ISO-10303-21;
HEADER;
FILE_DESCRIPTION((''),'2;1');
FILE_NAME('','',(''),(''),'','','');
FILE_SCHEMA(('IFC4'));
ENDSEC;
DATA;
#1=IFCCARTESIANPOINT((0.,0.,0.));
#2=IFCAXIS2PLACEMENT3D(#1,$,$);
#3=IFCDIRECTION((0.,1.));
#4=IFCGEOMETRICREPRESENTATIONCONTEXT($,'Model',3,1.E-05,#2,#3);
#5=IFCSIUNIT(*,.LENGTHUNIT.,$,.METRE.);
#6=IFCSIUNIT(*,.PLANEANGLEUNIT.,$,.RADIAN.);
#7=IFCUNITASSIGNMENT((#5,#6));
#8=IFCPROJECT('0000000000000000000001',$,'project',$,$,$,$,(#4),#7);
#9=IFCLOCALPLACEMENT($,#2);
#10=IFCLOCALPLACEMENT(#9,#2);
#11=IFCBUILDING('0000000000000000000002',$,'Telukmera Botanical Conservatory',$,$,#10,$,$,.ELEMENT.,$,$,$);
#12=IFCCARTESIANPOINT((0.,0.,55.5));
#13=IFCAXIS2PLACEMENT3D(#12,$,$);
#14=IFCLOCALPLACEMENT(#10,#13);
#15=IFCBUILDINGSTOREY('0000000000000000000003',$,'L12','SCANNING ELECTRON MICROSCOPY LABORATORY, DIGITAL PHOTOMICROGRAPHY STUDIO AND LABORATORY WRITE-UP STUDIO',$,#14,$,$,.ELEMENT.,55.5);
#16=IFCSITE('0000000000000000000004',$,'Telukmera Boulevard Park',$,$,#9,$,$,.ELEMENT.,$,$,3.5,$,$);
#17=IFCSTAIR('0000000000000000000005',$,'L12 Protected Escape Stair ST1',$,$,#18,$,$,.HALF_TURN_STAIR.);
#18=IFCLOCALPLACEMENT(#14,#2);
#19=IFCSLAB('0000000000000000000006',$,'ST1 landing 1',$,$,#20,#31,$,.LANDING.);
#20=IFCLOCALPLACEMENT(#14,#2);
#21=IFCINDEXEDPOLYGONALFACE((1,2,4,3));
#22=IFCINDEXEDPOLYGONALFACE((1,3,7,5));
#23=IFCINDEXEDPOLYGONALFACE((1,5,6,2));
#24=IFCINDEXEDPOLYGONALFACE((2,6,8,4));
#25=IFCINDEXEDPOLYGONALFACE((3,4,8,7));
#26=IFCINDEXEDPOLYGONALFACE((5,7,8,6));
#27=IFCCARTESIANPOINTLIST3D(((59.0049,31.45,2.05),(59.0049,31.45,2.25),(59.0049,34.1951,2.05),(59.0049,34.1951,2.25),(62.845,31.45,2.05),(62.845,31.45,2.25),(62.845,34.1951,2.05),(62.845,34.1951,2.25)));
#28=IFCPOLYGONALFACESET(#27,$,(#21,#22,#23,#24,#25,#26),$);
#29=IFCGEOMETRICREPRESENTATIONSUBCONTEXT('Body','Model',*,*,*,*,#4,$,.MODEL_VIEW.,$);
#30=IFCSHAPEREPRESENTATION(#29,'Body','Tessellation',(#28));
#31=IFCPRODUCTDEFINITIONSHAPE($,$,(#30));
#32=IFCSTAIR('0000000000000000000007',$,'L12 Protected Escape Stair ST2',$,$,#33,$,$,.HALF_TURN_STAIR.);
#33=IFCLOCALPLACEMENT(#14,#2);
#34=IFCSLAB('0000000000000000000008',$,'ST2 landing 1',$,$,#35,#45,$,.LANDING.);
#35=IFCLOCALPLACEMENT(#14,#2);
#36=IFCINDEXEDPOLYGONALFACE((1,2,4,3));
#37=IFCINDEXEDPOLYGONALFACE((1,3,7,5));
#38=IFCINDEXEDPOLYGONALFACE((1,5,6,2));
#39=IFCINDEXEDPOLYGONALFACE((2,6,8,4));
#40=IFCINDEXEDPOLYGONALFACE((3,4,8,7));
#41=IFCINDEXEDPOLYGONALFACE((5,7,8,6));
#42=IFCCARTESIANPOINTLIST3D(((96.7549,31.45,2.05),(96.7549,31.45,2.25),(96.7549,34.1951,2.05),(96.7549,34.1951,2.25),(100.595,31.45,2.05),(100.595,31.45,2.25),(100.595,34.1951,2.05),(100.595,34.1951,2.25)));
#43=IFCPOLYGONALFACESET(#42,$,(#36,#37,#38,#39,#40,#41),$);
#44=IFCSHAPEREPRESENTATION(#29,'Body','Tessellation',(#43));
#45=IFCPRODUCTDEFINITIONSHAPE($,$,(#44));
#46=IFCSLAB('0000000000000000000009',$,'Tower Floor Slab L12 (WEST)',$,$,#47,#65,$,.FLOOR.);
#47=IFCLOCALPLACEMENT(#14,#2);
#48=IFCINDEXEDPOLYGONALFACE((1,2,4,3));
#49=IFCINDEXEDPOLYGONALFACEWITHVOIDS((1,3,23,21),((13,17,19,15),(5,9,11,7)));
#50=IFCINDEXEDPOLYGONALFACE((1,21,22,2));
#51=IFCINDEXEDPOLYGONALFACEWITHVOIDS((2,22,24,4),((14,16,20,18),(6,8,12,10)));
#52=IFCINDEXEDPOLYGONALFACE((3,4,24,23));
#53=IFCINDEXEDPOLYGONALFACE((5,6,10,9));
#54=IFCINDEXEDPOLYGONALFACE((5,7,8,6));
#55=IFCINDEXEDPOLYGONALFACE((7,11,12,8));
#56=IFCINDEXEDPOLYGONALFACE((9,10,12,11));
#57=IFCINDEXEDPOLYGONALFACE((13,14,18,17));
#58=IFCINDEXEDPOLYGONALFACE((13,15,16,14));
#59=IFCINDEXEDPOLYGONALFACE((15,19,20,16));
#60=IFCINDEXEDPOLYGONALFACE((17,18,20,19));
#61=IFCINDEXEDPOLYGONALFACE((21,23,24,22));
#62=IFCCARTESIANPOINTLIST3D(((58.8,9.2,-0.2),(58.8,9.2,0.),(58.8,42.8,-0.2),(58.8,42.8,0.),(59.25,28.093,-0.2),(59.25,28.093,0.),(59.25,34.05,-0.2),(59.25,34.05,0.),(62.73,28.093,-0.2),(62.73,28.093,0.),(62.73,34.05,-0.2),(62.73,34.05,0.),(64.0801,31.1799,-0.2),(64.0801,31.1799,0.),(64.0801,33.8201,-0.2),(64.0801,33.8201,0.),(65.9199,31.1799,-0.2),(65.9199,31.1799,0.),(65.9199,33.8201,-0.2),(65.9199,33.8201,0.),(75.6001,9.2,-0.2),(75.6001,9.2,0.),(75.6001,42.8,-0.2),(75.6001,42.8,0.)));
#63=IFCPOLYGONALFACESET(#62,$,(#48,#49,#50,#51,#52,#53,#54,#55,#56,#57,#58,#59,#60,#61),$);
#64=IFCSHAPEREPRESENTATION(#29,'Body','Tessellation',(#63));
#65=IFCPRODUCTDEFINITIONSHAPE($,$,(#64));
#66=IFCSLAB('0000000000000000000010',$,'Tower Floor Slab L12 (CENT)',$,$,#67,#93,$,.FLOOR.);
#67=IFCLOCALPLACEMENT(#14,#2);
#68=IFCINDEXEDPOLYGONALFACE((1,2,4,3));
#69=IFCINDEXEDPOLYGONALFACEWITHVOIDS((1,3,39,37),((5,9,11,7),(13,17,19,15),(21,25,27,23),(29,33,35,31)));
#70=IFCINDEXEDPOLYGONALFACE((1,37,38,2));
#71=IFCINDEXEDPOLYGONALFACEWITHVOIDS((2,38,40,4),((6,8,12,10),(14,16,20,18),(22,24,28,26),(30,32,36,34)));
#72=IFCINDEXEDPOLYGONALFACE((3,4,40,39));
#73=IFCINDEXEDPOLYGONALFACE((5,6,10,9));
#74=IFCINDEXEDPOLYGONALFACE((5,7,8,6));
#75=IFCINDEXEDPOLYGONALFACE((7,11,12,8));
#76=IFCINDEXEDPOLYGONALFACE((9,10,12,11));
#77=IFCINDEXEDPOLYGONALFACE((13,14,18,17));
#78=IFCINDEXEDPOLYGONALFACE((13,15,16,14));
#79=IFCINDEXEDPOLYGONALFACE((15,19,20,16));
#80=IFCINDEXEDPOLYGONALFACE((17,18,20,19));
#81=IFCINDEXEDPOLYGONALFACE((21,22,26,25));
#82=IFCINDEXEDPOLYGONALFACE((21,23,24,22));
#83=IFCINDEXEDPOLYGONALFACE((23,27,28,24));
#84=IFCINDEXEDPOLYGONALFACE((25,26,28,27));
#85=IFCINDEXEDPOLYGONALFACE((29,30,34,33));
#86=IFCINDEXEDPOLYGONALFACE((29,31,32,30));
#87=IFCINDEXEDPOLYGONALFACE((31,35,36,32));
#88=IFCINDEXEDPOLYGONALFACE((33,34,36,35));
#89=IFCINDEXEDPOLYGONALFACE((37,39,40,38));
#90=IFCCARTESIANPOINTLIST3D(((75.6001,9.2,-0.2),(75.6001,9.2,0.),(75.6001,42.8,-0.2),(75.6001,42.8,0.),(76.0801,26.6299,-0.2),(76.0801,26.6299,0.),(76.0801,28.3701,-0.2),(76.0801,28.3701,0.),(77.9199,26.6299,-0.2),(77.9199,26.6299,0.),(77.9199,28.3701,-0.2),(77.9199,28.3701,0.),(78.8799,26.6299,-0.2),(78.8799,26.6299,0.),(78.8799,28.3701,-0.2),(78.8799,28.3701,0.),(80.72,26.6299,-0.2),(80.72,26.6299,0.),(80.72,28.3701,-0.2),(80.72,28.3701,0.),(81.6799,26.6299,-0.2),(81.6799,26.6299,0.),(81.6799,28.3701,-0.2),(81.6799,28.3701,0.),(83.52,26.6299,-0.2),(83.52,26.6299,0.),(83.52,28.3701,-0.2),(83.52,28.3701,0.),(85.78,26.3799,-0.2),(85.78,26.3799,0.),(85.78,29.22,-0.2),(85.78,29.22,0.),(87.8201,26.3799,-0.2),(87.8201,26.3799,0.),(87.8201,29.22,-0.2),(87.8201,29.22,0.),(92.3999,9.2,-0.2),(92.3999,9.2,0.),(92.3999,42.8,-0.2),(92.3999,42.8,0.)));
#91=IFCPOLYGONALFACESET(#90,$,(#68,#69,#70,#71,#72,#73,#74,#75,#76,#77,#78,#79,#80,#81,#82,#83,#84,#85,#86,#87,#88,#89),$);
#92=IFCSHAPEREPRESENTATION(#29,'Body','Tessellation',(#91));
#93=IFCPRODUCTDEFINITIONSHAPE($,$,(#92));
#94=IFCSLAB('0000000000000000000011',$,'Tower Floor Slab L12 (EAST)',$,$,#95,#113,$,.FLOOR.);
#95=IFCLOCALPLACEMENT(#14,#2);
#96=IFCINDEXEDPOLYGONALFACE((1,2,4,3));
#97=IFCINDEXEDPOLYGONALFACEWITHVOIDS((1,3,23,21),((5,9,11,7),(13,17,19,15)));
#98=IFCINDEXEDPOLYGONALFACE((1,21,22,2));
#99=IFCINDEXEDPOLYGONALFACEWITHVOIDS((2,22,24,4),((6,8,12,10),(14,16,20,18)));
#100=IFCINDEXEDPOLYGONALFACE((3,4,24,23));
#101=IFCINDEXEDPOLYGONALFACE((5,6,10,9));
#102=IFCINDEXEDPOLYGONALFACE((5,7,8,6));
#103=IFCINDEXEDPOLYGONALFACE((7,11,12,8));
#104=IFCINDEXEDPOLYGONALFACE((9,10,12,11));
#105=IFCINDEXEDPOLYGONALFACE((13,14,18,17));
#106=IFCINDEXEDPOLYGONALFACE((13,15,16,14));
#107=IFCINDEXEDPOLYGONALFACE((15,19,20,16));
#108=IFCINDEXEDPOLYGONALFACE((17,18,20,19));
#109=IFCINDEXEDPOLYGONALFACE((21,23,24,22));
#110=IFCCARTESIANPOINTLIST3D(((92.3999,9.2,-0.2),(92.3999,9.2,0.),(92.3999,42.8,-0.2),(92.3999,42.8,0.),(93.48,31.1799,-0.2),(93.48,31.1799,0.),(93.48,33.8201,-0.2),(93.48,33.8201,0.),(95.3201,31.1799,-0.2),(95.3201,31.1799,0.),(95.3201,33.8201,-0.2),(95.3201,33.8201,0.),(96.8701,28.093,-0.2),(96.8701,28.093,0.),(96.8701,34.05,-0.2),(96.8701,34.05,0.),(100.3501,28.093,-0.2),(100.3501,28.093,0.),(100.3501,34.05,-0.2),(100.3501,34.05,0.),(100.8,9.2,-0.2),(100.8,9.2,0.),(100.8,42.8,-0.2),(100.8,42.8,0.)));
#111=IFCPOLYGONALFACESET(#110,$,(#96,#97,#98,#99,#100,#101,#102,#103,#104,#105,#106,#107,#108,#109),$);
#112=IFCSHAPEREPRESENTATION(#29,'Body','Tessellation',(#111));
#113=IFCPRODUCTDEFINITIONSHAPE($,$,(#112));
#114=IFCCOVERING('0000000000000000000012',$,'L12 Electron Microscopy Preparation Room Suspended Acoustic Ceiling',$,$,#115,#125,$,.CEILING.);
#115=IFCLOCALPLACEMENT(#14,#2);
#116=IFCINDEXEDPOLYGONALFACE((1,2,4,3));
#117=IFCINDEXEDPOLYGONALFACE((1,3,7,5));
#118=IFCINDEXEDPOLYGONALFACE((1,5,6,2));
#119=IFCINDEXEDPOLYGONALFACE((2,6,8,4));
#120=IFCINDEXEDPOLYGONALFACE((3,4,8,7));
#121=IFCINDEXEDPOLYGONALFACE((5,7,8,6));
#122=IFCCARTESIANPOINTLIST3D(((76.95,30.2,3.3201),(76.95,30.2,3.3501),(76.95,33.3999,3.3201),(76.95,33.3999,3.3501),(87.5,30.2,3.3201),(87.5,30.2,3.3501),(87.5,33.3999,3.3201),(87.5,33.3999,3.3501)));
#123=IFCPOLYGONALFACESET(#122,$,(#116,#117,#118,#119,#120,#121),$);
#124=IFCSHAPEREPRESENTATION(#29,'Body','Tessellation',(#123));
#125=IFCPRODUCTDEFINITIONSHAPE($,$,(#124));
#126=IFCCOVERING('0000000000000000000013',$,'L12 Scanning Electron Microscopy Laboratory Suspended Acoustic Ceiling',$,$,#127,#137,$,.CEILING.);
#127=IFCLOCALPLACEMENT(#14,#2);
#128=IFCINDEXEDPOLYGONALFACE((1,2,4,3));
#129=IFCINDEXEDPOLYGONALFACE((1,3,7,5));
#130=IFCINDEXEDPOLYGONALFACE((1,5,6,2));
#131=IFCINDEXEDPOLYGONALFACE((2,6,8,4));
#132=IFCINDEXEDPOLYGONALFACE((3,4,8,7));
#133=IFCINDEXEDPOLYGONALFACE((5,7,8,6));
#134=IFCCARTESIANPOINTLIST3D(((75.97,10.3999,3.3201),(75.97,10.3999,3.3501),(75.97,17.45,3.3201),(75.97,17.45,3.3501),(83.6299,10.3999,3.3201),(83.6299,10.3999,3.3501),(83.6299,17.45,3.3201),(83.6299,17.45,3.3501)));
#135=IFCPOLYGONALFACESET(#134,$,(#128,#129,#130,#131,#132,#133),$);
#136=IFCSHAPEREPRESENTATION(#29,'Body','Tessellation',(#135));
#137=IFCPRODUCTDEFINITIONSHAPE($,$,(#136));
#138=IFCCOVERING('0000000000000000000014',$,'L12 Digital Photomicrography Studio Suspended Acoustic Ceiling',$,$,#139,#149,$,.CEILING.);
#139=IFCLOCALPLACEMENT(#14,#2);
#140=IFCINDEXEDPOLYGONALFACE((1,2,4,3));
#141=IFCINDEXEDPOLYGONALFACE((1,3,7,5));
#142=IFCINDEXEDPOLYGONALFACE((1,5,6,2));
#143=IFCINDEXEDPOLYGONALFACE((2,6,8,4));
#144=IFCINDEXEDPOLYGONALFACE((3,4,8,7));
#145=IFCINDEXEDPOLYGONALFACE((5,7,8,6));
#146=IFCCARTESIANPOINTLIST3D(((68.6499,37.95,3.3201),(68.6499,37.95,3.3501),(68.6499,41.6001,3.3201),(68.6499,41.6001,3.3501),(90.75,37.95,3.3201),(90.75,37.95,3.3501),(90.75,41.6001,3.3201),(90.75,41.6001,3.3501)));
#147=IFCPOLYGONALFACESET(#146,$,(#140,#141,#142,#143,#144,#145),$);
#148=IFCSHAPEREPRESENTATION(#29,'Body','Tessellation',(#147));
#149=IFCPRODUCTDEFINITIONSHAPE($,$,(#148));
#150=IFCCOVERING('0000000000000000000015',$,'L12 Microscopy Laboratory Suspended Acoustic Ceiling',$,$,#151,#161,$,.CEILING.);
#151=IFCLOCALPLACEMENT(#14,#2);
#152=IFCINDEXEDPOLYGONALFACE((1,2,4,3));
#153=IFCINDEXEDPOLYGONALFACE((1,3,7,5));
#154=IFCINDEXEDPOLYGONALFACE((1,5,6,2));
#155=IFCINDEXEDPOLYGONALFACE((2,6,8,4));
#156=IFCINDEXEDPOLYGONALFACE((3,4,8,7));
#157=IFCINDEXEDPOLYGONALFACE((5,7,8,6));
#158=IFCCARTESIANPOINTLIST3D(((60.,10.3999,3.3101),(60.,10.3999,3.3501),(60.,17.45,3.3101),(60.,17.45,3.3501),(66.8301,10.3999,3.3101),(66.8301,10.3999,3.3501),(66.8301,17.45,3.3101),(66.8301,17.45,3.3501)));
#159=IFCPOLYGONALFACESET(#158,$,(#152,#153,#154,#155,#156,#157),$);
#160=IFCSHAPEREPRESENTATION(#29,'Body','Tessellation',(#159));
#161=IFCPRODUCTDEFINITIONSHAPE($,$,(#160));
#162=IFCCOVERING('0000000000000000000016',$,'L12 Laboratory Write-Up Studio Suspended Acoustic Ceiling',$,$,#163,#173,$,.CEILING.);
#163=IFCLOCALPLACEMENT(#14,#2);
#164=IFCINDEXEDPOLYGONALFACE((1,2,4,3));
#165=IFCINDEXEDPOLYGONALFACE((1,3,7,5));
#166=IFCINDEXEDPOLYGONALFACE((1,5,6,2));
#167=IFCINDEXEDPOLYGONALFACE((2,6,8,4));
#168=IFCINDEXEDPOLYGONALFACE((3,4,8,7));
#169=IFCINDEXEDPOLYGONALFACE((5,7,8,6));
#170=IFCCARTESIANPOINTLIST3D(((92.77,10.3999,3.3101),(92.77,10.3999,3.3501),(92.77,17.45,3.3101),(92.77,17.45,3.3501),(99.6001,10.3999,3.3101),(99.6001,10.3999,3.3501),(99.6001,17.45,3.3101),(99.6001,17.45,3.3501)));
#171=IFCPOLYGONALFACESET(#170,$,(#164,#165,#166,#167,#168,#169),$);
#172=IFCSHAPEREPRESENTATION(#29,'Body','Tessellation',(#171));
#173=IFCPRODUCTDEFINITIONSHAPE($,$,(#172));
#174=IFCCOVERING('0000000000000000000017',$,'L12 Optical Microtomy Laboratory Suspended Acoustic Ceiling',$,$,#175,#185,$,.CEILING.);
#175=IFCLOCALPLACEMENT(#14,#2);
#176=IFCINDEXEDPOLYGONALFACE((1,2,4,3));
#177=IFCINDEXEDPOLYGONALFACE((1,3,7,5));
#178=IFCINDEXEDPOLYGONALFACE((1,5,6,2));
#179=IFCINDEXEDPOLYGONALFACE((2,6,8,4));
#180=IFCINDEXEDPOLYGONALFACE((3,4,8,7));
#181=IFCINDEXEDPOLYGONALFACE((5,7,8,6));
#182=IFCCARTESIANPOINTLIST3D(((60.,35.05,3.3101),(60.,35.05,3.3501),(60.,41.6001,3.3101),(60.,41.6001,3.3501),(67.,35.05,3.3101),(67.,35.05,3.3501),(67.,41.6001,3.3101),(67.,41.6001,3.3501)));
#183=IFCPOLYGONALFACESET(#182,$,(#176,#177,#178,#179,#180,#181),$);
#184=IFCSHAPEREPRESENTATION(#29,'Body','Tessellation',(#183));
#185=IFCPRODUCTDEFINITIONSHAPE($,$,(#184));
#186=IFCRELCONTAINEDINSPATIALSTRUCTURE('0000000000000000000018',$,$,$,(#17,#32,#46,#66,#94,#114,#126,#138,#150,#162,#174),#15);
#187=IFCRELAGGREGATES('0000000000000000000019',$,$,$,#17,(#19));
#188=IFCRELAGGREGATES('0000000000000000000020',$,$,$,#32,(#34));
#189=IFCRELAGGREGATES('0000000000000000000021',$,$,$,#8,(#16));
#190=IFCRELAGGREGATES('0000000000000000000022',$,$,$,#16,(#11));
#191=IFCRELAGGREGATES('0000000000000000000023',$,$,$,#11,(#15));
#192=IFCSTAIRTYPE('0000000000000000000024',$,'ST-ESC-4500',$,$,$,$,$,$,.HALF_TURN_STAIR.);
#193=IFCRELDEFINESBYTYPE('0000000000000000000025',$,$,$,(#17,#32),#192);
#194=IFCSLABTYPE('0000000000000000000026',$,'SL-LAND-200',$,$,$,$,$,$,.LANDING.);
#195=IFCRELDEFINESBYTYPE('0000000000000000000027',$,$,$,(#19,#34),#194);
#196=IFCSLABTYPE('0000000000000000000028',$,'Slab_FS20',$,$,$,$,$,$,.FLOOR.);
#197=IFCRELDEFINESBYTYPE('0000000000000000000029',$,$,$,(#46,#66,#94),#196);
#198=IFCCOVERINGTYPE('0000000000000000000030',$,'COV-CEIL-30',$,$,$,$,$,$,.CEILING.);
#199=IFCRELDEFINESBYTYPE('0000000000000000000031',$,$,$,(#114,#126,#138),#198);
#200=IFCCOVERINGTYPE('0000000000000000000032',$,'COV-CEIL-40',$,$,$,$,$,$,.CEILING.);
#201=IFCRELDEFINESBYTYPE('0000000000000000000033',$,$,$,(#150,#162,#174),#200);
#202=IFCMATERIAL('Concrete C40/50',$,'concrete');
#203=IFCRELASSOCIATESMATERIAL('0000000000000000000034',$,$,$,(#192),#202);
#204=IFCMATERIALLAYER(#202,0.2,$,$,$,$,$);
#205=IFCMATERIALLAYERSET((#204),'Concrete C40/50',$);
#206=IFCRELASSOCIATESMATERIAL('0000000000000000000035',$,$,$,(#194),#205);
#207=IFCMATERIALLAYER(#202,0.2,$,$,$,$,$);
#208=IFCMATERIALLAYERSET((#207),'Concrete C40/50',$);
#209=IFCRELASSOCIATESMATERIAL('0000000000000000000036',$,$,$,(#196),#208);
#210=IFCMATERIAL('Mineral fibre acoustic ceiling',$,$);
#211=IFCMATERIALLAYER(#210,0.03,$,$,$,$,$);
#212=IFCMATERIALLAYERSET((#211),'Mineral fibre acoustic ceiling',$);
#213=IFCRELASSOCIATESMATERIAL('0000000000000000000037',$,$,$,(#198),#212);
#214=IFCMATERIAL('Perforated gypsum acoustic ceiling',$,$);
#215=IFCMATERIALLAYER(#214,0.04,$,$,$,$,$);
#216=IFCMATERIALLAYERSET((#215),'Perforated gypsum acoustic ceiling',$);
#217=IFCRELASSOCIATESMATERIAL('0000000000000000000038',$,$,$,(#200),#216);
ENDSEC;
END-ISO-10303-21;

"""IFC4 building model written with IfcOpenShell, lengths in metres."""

from ifc_helpers import new_model, si_unit, direction, frame, origin, place, context, subcontext, project, spatial, polyline, outline, extrude, material, layer, layer_set, type_object, element, aggregate, save


model = new_model("IFC4")

# Units and contexts
model_context = context("Model", 3, precision=1e-05, world=origin(), true_north=direction((0.0, 1.0)))
body_context = subcontext(model_context, "Body", "Model", "MODEL_VIEW")
ifc_project = project(units=[si_unit("LENGTHUNIT", "METRE"), si_unit("PLANEANGLEUNIT", "RADIAN")], contexts=[model_context])

# Site, building, storey
site_placement = place(None, origin())
site = spatial("IfcSite", under=ifc_project, at=site_placement, Name="Telukmera Boulevard Park", CompositionType="ELEMENT", RefElevation=3.5)
building_placement = place(site_placement, origin())
building = spatial("IfcBuilding", under=site, at=building_placement, Name="Telukmera Botanical Conservatory", CompositionType="ELEMENT")
storey_placement = place(building_placement, frame((0.0, 0.0, 55.5)))
storey = spatial("IfcBuildingStorey", under=building, at=storey_placement, Name="L12", Description="SCANNING ELECTRON MICROSCOPY LABORATORY, DIGITAL PHOTOMICROGRAPHY STUDIO AND LABORATORY WRITE-UP STUDIO", CompositionType="ELEMENT", Elevation=55.5)

# Stairs, slabs
ifc_material_1 = material(Name="Concrete C40/50", Category="concrete")
stair_type = type_object("IfcStairType", Name="ST-ESC-4500", PredefinedType="HALF_TURN_STAIR", material=ifc_material_1)
stair_1_placement = place(storey_placement, origin())
stair_1 = element("IfcStair", 1, at=stair_1_placement, inside=storey, type_object=stair_type, Name="L12 Protected Escape Stair ST1", PredefinedType="HALF_TURN_STAIR")
ifc_layer_1 = layer(ifc_material_1, 0.2)
ifc_layer_set_1 = layer_set([ifc_layer_1], Name="Concrete C40/50")
slab_type_1 = type_object("IfcSlabType", Name="SL-LAND-200", PredefinedType="LANDING", material=ifc_layer_set_1)
slab_1_placement = place(storey_placement, frame((0.0, 0.0, 2.05)))
slab_1 = element("IfcSlab", 2, at=slab_1_placement, type_object=slab_type_1, Name="ST1 landing 1", PredefinedType="LANDING", context=body_context, shape_type="SweptSolid", body=[
    extrude(outline(polyline([(59.0049, 31.45), (62.845, 31.45), (62.845, 34.1951), (59.0049, 34.1951), (59.0049, 31.45)])), origin(), (0.0, 0.0, 1.0), 0.2),
])
aggregate(stair_1, [slab_1])
stair_2_placement = place(storey_placement, origin())
stair_2 = element("IfcStair", 3, at=stair_2_placement, inside=storey, type_object=stair_type, Name="L12 Protected Escape Stair ST2", PredefinedType="HALF_TURN_STAIR")
slab_2_placement = place(storey_placement, frame((0.0, 0.0, 2.05)))
slab_2 = element("IfcSlab", 4, at=slab_2_placement, type_object=slab_type_1, Name="ST2 landing 1", PredefinedType="LANDING", context=body_context, shape_type="SweptSolid", body=[
    extrude(outline(polyline([(96.7549, 31.45), (100.595, 31.45), (100.595, 34.1951), (96.7549, 34.1951), (96.7549, 31.45)])), origin(), (0.0, 0.0, 1.0), 0.2),
])
aggregate(stair_2, [slab_2])

# Slabs
ifc_layer_2 = layer(ifc_material_1, 0.2)
ifc_layer_set_2 = layer_set([ifc_layer_2], Name="Concrete C40/50")
slab_type_2 = type_object("IfcSlabType", Name="Slab_FS20", PredefinedType="FLOOR", material=ifc_layer_set_2)
slab_3_placement = place(storey_placement, frame((0.0, 0.0, -0.2)))
element("IfcSlab", 5, at=slab_3_placement, inside=storey, type_object=slab_type_2, Name="Tower Floor Slab L12 (WEST)", PredefinedType="FLOOR", context=body_context, shape_type="SweptSolid", body=[
    extrude(outline(polyline([(58.8, 9.2), (75.6001, 9.2), (75.6001, 42.8), (58.8, 42.8), (58.8, 9.2)]), holes=[polyline([(62.73, 28.093), (62.73, 34.05), (59.25, 34.05), (59.25, 28.093), (62.73, 28.093)]), polyline([(64.0801, 31.1799), (65.9199, 31.1799), (65.9199, 33.8201), (64.0801, 33.8201), (64.0801, 31.1799)])]), origin(), (0.0, 0.0, 1.0), 0.2),
])
slab_4_placement = place(storey_placement, frame((0.0, 0.0, -0.2)))
element("IfcSlab", 6, at=slab_4_placement, inside=storey, type_object=slab_type_2, Name="Tower Floor Slab L12 (CENT)", PredefinedType="FLOOR", context=body_context, shape_type="SweptSolid", body=[
    extrude(outline(polyline([(75.6001, 9.2), (92.3999, 9.2), (92.3999, 42.8), (75.6001, 42.8), (75.6001, 9.2)]), holes=[polyline([(85.78, 26.3799), (87.8201, 26.3799), (87.8201, 29.22), (85.78, 29.22), (85.78, 26.3799)]), polyline([(76.0801, 26.6299), (77.9199, 26.6299), (77.9199, 28.3701), (76.0801, 28.3701), (76.0801, 26.6299)]), polyline([(78.8799, 26.6299), (80.72, 26.6299), (80.72, 28.3701), (78.8799, 28.3701), (78.8799, 26.6299)]), polyline([(81.6799, 26.6299), (83.52, 26.6299), (83.52, 28.3701), (81.6799, 28.3701), (81.6799, 26.6299)])]), origin(), (0.0, 0.0, 1.0), 0.2),
])
slab_5_placement = place(storey_placement, frame((0.0, 0.0, -0.2)))
element("IfcSlab", 7, at=slab_5_placement, inside=storey, type_object=slab_type_2, Name="Tower Floor Slab L12 (EAST)", PredefinedType="FLOOR", context=body_context, shape_type="SweptSolid", body=[
    extrude(outline(polyline([(92.3999, 9.2), (100.8, 9.2), (100.8, 42.8), (92.3999, 42.8), (92.3999, 9.2)]), holes=[polyline([(100.3501, 28.093), (100.3501, 34.05), (96.8701, 34.05), (96.8701, 28.093), (100.3501, 28.093)]), polyline([(93.48, 31.1799), (95.3201, 31.1799), (95.3201, 33.8201), (93.48, 33.8201), (93.48, 31.1799)])]), origin(), (0.0, 0.0, 1.0), 0.2),
])

# Coverings
ifc_material_2 = material(Name="Mineral fibre acoustic ceiling")
ifc_layer_3 = layer(ifc_material_2, 0.03)
ifc_layer_set_3 = layer_set([ifc_layer_3], Name="Mineral fibre acoustic ceiling")
covering_type_1 = type_object("IfcCoveringType", Name="COV-CEIL-30", PredefinedType="CEILING", material=ifc_layer_set_3)
covering_1_placement = place(storey_placement, frame((0.0, 0.0, 3.3201)))
element("IfcCovering", 8, at=covering_1_placement, inside=storey, type_object=covering_type_1, Name="L12 Electron Microscopy Preparation Room Suspended Acoustic Ceiling", PredefinedType="CEILING", context=body_context, shape_type="SweptSolid", body=[
    extrude(outline(polyline([(76.95, 30.2), (87.5, 30.2), (87.5, 33.3999), (76.95, 33.3999), (76.95, 30.2)])), origin(), (0.0, 0.0, 1.0), 0.03),
])
covering_2_placement = place(storey_placement, frame((0.0, 0.0, 3.3201)))
element("IfcCovering", 9, at=covering_2_placement, inside=storey, type_object=covering_type_1, Name="L12 Scanning Electron Microscopy Laboratory Suspended Acoustic Ceiling", PredefinedType="CEILING", context=body_context, shape_type="SweptSolid", body=[
    extrude(outline(polyline([(75.97, 10.3999), (83.6299, 10.3999), (83.6299, 17.45), (75.97, 17.45), (75.97, 10.3999)])), origin(), (0.0, 0.0, 1.0), 0.03),
])
covering_3_placement = place(storey_placement, frame((0.0, 0.0, 3.3201)))
element("IfcCovering", 10, at=covering_3_placement, inside=storey, type_object=covering_type_1, Name="L12 Digital Photomicrography Studio Suspended Acoustic Ceiling", PredefinedType="CEILING", context=body_context, shape_type="SweptSolid", body=[
    extrude(outline(polyline([(68.6499, 37.95), (90.75, 37.95), (90.75, 41.6001), (68.6499, 41.6001), (68.6499, 37.95)])), origin(), (0.0, 0.0, 1.0), 0.03),
])
ifc_material_3 = material(Name="Perforated gypsum acoustic ceiling")
ifc_layer_4 = layer(ifc_material_3, 0.04)
ifc_layer_set_4 = layer_set([ifc_layer_4], Name="Perforated gypsum acoustic ceiling")
covering_type_2 = type_object("IfcCoveringType", Name="COV-CEIL-40", PredefinedType="CEILING", material=ifc_layer_set_4)
covering_4_placement = place(storey_placement, frame((0.0, 0.0, 3.3101)))
element("IfcCovering", 11, at=covering_4_placement, inside=storey, type_object=covering_type_2, Name="L12 Microscopy Laboratory Suspended Acoustic Ceiling", PredefinedType="CEILING", context=body_context, shape_type="SweptSolid", body=[
    extrude(outline(polyline([(60.0, 10.3999), (66.8301, 10.3999), (66.8301, 17.45), (60.0, 17.45), (60.0, 10.3999)])), origin(), (0.0, 0.0, 1.0), 0.04),
])
covering_5_placement = place(storey_placement, frame((0.0, 0.0, 3.3101)))
element("IfcCovering", 12, at=covering_5_placement, inside=storey, type_object=covering_type_2, Name="L12 Laboratory Write-Up Studio Suspended Acoustic Ceiling", PredefinedType="CEILING", context=body_context, shape_type="SweptSolid", body=[
    extrude(outline(polyline([(92.77, 10.3999), (99.6001, 10.3999), (99.6001, 17.45), (92.77, 17.45), (92.77, 10.3999)])), origin(), (0.0, 0.0, 1.0), 0.04),
])
covering_6_placement = place(storey_placement, frame((0.0, 0.0, 3.3101)))
element("IfcCovering", 13, at=covering_6_placement, inside=storey, type_object=covering_type_2, Name="L12 Optical Microtomy Laboratory Suspended Acoustic Ceiling", PredefinedType="CEILING", context=body_context, shape_type="SweptSolid", body=[
    extrude(outline(polyline([(60.0, 35.05), (67.0, 35.05), (67.0, 41.6001), (60.0, 41.6001), (60.0, 35.05)])), origin(), (0.0, 0.0, 1.0), 0.04),
])

save(model, "model.ifc")
